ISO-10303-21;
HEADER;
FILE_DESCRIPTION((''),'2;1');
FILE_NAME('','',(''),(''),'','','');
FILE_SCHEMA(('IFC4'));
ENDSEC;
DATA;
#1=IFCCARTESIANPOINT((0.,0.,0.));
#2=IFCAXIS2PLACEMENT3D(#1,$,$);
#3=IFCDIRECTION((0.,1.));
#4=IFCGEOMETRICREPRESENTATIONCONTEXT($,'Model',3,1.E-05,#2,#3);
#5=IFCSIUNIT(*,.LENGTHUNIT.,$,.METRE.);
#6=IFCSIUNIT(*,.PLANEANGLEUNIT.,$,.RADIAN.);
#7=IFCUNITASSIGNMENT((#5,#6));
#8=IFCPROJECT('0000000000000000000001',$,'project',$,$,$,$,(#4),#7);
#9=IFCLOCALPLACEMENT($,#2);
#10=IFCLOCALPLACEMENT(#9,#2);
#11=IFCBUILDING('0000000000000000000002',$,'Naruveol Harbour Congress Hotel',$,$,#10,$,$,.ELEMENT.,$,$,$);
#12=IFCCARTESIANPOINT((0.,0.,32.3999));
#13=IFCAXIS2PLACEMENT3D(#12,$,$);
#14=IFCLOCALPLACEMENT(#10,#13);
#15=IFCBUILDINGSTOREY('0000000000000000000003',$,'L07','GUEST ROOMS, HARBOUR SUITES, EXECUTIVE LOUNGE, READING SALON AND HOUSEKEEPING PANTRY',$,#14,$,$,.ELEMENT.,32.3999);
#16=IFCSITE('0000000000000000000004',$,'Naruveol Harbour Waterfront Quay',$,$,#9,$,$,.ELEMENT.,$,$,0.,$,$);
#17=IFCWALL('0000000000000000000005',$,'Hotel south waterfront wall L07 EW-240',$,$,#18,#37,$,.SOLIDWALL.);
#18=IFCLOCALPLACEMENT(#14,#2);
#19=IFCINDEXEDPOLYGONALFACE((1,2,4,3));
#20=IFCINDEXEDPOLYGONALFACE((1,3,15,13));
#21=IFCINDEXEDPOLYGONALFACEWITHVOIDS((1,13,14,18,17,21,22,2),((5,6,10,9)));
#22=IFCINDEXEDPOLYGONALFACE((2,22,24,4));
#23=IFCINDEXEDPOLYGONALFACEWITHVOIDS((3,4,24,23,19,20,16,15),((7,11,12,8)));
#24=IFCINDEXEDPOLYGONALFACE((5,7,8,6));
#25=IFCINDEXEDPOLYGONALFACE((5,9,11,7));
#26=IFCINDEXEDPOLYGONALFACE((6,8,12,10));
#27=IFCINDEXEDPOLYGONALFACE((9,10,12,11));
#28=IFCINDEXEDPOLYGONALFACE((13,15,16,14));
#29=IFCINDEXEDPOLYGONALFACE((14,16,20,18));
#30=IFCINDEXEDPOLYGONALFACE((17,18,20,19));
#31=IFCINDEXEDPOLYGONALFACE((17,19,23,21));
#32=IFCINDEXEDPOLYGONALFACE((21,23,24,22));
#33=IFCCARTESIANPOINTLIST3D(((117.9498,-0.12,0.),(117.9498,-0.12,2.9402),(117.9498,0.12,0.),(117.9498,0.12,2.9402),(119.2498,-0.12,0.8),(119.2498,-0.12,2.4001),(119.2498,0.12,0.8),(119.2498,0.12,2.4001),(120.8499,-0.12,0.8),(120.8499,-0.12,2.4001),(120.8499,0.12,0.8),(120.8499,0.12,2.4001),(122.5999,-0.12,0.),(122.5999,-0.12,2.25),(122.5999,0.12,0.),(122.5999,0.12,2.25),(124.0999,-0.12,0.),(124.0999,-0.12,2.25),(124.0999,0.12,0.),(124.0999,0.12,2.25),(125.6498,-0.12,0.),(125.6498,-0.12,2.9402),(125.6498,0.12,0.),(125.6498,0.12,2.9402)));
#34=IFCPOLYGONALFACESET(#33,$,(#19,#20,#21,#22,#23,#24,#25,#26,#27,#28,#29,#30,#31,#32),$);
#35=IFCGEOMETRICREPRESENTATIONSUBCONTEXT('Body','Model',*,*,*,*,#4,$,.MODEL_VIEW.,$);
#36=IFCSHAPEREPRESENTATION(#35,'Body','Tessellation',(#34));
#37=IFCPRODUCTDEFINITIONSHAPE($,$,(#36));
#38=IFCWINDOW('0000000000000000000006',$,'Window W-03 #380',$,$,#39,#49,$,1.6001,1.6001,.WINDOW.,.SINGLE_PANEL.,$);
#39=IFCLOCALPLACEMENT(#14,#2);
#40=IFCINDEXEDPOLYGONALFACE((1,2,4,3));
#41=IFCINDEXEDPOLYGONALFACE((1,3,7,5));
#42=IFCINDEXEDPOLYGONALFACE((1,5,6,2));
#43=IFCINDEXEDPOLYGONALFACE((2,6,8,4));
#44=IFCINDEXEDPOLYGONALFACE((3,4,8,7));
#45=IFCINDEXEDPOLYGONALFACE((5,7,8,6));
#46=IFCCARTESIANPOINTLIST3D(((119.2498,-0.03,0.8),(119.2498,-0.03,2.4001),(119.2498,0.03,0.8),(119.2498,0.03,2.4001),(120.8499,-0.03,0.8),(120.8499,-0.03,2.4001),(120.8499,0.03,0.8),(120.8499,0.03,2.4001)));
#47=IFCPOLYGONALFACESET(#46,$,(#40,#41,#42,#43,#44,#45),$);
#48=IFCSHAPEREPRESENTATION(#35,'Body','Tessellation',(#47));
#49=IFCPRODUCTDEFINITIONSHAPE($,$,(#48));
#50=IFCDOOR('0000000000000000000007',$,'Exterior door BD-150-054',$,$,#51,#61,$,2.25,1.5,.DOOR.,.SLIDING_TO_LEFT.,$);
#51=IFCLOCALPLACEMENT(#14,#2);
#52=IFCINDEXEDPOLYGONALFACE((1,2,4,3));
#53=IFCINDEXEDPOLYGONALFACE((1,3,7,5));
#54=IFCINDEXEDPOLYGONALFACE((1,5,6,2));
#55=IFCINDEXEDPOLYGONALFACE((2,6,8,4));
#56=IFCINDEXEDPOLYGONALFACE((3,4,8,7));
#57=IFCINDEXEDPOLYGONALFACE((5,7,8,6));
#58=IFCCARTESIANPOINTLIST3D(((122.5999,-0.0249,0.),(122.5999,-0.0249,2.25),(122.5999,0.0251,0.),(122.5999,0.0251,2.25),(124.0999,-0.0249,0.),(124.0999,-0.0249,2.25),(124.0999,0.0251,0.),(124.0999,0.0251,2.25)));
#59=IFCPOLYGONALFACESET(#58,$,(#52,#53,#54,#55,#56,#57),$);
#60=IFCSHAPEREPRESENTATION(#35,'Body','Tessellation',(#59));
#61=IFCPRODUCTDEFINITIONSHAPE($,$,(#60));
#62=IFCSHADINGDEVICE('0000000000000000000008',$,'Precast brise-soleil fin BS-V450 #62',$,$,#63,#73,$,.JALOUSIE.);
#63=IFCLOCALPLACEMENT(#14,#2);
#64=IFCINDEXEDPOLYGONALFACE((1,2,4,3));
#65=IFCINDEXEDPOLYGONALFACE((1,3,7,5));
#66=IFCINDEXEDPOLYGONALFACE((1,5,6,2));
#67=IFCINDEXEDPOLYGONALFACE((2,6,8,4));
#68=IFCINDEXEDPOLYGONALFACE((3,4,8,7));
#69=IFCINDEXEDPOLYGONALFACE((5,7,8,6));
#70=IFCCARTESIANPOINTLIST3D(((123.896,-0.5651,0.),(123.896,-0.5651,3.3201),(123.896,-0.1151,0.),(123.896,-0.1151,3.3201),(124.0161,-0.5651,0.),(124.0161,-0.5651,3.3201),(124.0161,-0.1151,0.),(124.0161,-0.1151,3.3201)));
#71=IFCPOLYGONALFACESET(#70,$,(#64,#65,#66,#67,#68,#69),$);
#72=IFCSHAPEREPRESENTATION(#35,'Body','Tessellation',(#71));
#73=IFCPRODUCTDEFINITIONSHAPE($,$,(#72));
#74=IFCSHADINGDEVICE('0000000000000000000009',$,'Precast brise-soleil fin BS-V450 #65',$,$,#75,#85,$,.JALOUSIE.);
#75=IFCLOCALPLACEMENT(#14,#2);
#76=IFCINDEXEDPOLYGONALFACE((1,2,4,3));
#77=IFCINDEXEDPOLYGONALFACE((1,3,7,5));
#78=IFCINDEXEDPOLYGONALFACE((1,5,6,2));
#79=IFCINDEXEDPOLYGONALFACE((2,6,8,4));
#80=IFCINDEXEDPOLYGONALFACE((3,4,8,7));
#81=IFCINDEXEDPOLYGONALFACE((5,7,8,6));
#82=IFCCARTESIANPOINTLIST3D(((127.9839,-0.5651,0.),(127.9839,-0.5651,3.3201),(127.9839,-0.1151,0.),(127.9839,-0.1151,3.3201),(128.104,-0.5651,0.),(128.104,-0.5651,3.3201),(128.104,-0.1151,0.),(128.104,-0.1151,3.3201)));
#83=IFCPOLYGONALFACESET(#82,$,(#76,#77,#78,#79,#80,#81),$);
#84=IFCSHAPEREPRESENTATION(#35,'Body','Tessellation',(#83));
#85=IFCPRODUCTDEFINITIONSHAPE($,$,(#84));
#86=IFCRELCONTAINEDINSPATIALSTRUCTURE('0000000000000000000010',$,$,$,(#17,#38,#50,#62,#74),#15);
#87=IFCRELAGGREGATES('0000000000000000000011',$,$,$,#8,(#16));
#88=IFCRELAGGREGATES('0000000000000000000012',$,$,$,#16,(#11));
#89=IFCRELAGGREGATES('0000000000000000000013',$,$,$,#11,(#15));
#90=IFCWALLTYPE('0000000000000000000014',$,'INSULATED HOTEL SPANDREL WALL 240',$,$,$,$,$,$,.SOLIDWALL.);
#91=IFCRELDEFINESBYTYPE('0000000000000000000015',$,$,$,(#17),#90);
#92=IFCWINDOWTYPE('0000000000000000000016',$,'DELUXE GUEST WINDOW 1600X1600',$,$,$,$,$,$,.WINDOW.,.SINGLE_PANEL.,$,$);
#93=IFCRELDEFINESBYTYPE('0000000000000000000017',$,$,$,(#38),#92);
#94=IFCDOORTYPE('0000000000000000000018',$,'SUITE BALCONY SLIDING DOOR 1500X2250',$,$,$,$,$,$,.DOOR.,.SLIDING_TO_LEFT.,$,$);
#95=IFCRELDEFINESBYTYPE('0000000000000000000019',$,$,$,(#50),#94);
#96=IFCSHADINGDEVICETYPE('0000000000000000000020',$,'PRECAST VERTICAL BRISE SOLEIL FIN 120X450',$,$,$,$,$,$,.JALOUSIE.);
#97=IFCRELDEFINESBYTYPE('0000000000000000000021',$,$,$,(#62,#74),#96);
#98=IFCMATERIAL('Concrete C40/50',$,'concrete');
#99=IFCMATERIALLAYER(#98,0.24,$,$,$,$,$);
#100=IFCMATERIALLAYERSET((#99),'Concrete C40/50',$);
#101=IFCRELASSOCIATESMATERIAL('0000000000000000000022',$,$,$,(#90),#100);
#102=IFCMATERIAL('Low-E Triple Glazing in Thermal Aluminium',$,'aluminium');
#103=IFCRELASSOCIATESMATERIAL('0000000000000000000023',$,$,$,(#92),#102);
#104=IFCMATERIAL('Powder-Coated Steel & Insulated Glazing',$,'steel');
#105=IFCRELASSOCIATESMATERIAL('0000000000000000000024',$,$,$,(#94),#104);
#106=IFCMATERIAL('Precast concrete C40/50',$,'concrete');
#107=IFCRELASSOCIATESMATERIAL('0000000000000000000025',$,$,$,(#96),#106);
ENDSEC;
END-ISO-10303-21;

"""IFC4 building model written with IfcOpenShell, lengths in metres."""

from ifc_helpers import new_model, si_unit, direction, frame, frame_2d, origin, origin_2d, place, context, subcontext, project, spatial, rectangle, extrude, material, layer, layer_set, type_object, element, fill, save


model = new_model("IFC4")

# Units and contexts
model_context = context("Model", 3, precision=1e-05, world=origin(), true_north=direction((0.0, 1.0)))
body_context = subcontext(model_context, "Body", "Model", "MODEL_VIEW")
ifc_project = project(units=[si_unit("LENGTHUNIT", "METRE"), si_unit("PLANEANGLEUNIT", "RADIAN")], contexts=[model_context])

# Site, building, storey
site_placement = place(None, origin())
site = spatial("IfcSite", under=ifc_project, at=site_placement, Name="Naruveol Harbour Waterfront Quay", CompositionType="ELEMENT", RefElevation=0.0)
building_placement = place(site_placement, origin())
building = spatial("IfcBuilding", under=site, at=building_placement, Name="Naruveol Harbour Congress Hotel", CompositionType="ELEMENT")
storey_placement = place(building_placement, frame((0.0, 0.0, 32.3999)))
storey = spatial("IfcBuildingStorey", under=building, at=storey_placement, Name="L07", Description="GUEST ROOMS, HARBOUR SUITES, EXECUTIVE LOUNGE, READING SALON AND HOUSEKEEPING PANTRY", CompositionType="ELEMENT", Elevation=32.3999)

# Wall, openings, window, door
ifc_material_1 = material(Name="Concrete C40/50", Category="concrete")
ifc_layer_1 = layer(ifc_material_1, 0.24)
ifc_layer_set_1 = layer_set([ifc_layer_1], Name="Concrete C40/50")
wall_type_1 = type_object("IfcWallType", Name="INSULATED HOTEL SPANDREL WALL 240", PredefinedType="SOLIDWALL", material=ifc_layer_set_1)
wall_1_placement = place(storey_placement, frame((125.6499, 0.0, 0.0), z_axis=(0.0, 0.0, 1.0), x_axis=(-1.0, 0.0, 0.0)))
wall_1 = element("IfcWall", 1, at=wall_1_placement, inside=storey, type_object=wall_type_1, Name="Hotel south waterfront wall L07 EW-240", PredefinedType="SOLIDWALL", context=body_context, shape_type="SweptSolid", body=[
    extrude(rectangle(XDim=7.7, YDim=0.24, at=frame_2d((3.8501, 0.0))), origin(), (0.0, 0.0, 1.0), 2.9402),
])
opening_1_placement = place(wall_1_placement, frame((1.55, 0.0, 0.0)))
opening_1 = element("IfcOpeningElement", 2, at=opening_1_placement, cuts=wall_1, PredefinedType="OPENING", context=body_context, shape_type="SweptSolid", body=[
    extrude(rectangle(XDim=1.5, YDim=2.25, at=frame_2d((0.75, 1.125))), frame((0.0, 0.1299, 0.0), z_axis=(0.0, -1.0, 0.0), x_axis=(1.0, 0.0, 0.0)), (0.0, 0.0, 1.0), 0.26),
])
opening_2_placement = place(wall_1_placement, frame((4.8, 0.0, 0.8)))
opening_2 = element("IfcOpeningElement", 3, at=opening_2_placement, cuts=wall_1, PredefinedType="OPENING", context=body_context, shape_type="SweptSolid", body=[
    extrude(rectangle(XDim=1.6001, YDim=1.6001, at=frame_2d((0.8, 0.8))), frame((0.0, 0.1299, 0.0), z_axis=(0.0, -1.0, 0.0), x_axis=(1.0, 0.0, 0.0)), (0.0, 0.0, 1.0), 0.26),
])
ifc_material_2 = material(Name="Low-E Triple Glazing in Thermal Aluminium", Category="aluminium")
window_type = type_object("IfcWindowType", Name="DELUXE GUEST WINDOW 1600X1600", PartitioningType="SINGLE_PANEL", PredefinedType="WINDOW", material=ifc_material_2)
window_placement = place(opening_2_placement, origin())
window = element("IfcWindow", 4, at=window_placement, inside=storey, type_object=window_type, Name="Window W-03 #380", OverallHeight=1.6001, OverallWidth=1.6001, PartitioningType="SINGLE_PANEL", PredefinedType="WINDOW", context=body_context, shape_type="SweptSolid", body=[
    extrude(rectangle(XDim=1.6001, YDim=1.6001, at=frame_2d((0.8, 0.8))), frame((0.0, 0.03, 0.0), z_axis=(0.0, -1.0, 0.0), x_axis=(1.0, 0.0, 0.0)), (0.0, 0.0, 1.0), 0.0601),
])
fill(opening_2, window)
ifc_material_3 = material(Name="Powder-Coated Steel & Insulated Glazing", Category="steel")
door_type_1 = type_object("IfcDoorType", Name="SUITE BALCONY SLIDING DOOR 1500X2250", OperationType="SLIDING_TO_LEFT", PredefinedType="DOOR", material=ifc_material_3)
door_1_placement = place(opening_1_placement, origin())
door_1 = element("IfcDoor", 5, at=door_1_placement, inside=storey, type_object=door_type_1, Name="Exterior door BD-150-054", OperationType="SLIDING_TO_LEFT", OverallHeight=2.25, OverallWidth=1.5, PredefinedType="DOOR", context=body_context, shape_type="SweptSolid", body=[
    extrude(rectangle(XDim=1.5, YDim=2.25, at=frame_2d((0.75, 1.125))), frame((0.0, 0.0249, 0.0), z_axis=(0.0, -1.0, 0.0), x_axis=(1.0, 0.0, 0.0)), (0.0, 0.0, 1.0), 0.05),
])
fill(opening_1, door_1)

# Shading devices
ifc_material_4 = material(Name="Precast concrete C40/50", Category="concrete")
shading_device_type = type_object("IfcShadingDeviceType", Name="PRECAST VERTICAL BRISE SOLEIL FIN 120X450", PredefinedType="JALOUSIE", material=ifc_material_4)
for number, where, z_axis, x_axis, name in (
    (6, (123.9561, -0.3401, 0.0), (0.0, 0.0, 1.0), (-1.0, 0.0, 0.0), "Precast brise-soleil fin BS-V450 #62"),
    (7, (128.0439, -0.3401, 0.0), (0.0, 0.0, 1.0), (-1.0, 0.0, 0.0), "Precast brise-soleil fin BS-V450 #65"),
):
    element("IfcShadingDevice", number, at=place(storey_placement, frame(where, z_axis=z_axis, x_axis=x_axis)), inside=storey, type_object=shading_device_type, Name=name, PredefinedType="JALOUSIE", context=body_context, shape_type="SweptSolid", body=[
        extrude(rectangle(XDim=0.1201, YDim=0.45, at=origin_2d()), origin(), (0.0, 0.0, 1.0), 3.3201),
    ])

save(model, "model.ifc")
